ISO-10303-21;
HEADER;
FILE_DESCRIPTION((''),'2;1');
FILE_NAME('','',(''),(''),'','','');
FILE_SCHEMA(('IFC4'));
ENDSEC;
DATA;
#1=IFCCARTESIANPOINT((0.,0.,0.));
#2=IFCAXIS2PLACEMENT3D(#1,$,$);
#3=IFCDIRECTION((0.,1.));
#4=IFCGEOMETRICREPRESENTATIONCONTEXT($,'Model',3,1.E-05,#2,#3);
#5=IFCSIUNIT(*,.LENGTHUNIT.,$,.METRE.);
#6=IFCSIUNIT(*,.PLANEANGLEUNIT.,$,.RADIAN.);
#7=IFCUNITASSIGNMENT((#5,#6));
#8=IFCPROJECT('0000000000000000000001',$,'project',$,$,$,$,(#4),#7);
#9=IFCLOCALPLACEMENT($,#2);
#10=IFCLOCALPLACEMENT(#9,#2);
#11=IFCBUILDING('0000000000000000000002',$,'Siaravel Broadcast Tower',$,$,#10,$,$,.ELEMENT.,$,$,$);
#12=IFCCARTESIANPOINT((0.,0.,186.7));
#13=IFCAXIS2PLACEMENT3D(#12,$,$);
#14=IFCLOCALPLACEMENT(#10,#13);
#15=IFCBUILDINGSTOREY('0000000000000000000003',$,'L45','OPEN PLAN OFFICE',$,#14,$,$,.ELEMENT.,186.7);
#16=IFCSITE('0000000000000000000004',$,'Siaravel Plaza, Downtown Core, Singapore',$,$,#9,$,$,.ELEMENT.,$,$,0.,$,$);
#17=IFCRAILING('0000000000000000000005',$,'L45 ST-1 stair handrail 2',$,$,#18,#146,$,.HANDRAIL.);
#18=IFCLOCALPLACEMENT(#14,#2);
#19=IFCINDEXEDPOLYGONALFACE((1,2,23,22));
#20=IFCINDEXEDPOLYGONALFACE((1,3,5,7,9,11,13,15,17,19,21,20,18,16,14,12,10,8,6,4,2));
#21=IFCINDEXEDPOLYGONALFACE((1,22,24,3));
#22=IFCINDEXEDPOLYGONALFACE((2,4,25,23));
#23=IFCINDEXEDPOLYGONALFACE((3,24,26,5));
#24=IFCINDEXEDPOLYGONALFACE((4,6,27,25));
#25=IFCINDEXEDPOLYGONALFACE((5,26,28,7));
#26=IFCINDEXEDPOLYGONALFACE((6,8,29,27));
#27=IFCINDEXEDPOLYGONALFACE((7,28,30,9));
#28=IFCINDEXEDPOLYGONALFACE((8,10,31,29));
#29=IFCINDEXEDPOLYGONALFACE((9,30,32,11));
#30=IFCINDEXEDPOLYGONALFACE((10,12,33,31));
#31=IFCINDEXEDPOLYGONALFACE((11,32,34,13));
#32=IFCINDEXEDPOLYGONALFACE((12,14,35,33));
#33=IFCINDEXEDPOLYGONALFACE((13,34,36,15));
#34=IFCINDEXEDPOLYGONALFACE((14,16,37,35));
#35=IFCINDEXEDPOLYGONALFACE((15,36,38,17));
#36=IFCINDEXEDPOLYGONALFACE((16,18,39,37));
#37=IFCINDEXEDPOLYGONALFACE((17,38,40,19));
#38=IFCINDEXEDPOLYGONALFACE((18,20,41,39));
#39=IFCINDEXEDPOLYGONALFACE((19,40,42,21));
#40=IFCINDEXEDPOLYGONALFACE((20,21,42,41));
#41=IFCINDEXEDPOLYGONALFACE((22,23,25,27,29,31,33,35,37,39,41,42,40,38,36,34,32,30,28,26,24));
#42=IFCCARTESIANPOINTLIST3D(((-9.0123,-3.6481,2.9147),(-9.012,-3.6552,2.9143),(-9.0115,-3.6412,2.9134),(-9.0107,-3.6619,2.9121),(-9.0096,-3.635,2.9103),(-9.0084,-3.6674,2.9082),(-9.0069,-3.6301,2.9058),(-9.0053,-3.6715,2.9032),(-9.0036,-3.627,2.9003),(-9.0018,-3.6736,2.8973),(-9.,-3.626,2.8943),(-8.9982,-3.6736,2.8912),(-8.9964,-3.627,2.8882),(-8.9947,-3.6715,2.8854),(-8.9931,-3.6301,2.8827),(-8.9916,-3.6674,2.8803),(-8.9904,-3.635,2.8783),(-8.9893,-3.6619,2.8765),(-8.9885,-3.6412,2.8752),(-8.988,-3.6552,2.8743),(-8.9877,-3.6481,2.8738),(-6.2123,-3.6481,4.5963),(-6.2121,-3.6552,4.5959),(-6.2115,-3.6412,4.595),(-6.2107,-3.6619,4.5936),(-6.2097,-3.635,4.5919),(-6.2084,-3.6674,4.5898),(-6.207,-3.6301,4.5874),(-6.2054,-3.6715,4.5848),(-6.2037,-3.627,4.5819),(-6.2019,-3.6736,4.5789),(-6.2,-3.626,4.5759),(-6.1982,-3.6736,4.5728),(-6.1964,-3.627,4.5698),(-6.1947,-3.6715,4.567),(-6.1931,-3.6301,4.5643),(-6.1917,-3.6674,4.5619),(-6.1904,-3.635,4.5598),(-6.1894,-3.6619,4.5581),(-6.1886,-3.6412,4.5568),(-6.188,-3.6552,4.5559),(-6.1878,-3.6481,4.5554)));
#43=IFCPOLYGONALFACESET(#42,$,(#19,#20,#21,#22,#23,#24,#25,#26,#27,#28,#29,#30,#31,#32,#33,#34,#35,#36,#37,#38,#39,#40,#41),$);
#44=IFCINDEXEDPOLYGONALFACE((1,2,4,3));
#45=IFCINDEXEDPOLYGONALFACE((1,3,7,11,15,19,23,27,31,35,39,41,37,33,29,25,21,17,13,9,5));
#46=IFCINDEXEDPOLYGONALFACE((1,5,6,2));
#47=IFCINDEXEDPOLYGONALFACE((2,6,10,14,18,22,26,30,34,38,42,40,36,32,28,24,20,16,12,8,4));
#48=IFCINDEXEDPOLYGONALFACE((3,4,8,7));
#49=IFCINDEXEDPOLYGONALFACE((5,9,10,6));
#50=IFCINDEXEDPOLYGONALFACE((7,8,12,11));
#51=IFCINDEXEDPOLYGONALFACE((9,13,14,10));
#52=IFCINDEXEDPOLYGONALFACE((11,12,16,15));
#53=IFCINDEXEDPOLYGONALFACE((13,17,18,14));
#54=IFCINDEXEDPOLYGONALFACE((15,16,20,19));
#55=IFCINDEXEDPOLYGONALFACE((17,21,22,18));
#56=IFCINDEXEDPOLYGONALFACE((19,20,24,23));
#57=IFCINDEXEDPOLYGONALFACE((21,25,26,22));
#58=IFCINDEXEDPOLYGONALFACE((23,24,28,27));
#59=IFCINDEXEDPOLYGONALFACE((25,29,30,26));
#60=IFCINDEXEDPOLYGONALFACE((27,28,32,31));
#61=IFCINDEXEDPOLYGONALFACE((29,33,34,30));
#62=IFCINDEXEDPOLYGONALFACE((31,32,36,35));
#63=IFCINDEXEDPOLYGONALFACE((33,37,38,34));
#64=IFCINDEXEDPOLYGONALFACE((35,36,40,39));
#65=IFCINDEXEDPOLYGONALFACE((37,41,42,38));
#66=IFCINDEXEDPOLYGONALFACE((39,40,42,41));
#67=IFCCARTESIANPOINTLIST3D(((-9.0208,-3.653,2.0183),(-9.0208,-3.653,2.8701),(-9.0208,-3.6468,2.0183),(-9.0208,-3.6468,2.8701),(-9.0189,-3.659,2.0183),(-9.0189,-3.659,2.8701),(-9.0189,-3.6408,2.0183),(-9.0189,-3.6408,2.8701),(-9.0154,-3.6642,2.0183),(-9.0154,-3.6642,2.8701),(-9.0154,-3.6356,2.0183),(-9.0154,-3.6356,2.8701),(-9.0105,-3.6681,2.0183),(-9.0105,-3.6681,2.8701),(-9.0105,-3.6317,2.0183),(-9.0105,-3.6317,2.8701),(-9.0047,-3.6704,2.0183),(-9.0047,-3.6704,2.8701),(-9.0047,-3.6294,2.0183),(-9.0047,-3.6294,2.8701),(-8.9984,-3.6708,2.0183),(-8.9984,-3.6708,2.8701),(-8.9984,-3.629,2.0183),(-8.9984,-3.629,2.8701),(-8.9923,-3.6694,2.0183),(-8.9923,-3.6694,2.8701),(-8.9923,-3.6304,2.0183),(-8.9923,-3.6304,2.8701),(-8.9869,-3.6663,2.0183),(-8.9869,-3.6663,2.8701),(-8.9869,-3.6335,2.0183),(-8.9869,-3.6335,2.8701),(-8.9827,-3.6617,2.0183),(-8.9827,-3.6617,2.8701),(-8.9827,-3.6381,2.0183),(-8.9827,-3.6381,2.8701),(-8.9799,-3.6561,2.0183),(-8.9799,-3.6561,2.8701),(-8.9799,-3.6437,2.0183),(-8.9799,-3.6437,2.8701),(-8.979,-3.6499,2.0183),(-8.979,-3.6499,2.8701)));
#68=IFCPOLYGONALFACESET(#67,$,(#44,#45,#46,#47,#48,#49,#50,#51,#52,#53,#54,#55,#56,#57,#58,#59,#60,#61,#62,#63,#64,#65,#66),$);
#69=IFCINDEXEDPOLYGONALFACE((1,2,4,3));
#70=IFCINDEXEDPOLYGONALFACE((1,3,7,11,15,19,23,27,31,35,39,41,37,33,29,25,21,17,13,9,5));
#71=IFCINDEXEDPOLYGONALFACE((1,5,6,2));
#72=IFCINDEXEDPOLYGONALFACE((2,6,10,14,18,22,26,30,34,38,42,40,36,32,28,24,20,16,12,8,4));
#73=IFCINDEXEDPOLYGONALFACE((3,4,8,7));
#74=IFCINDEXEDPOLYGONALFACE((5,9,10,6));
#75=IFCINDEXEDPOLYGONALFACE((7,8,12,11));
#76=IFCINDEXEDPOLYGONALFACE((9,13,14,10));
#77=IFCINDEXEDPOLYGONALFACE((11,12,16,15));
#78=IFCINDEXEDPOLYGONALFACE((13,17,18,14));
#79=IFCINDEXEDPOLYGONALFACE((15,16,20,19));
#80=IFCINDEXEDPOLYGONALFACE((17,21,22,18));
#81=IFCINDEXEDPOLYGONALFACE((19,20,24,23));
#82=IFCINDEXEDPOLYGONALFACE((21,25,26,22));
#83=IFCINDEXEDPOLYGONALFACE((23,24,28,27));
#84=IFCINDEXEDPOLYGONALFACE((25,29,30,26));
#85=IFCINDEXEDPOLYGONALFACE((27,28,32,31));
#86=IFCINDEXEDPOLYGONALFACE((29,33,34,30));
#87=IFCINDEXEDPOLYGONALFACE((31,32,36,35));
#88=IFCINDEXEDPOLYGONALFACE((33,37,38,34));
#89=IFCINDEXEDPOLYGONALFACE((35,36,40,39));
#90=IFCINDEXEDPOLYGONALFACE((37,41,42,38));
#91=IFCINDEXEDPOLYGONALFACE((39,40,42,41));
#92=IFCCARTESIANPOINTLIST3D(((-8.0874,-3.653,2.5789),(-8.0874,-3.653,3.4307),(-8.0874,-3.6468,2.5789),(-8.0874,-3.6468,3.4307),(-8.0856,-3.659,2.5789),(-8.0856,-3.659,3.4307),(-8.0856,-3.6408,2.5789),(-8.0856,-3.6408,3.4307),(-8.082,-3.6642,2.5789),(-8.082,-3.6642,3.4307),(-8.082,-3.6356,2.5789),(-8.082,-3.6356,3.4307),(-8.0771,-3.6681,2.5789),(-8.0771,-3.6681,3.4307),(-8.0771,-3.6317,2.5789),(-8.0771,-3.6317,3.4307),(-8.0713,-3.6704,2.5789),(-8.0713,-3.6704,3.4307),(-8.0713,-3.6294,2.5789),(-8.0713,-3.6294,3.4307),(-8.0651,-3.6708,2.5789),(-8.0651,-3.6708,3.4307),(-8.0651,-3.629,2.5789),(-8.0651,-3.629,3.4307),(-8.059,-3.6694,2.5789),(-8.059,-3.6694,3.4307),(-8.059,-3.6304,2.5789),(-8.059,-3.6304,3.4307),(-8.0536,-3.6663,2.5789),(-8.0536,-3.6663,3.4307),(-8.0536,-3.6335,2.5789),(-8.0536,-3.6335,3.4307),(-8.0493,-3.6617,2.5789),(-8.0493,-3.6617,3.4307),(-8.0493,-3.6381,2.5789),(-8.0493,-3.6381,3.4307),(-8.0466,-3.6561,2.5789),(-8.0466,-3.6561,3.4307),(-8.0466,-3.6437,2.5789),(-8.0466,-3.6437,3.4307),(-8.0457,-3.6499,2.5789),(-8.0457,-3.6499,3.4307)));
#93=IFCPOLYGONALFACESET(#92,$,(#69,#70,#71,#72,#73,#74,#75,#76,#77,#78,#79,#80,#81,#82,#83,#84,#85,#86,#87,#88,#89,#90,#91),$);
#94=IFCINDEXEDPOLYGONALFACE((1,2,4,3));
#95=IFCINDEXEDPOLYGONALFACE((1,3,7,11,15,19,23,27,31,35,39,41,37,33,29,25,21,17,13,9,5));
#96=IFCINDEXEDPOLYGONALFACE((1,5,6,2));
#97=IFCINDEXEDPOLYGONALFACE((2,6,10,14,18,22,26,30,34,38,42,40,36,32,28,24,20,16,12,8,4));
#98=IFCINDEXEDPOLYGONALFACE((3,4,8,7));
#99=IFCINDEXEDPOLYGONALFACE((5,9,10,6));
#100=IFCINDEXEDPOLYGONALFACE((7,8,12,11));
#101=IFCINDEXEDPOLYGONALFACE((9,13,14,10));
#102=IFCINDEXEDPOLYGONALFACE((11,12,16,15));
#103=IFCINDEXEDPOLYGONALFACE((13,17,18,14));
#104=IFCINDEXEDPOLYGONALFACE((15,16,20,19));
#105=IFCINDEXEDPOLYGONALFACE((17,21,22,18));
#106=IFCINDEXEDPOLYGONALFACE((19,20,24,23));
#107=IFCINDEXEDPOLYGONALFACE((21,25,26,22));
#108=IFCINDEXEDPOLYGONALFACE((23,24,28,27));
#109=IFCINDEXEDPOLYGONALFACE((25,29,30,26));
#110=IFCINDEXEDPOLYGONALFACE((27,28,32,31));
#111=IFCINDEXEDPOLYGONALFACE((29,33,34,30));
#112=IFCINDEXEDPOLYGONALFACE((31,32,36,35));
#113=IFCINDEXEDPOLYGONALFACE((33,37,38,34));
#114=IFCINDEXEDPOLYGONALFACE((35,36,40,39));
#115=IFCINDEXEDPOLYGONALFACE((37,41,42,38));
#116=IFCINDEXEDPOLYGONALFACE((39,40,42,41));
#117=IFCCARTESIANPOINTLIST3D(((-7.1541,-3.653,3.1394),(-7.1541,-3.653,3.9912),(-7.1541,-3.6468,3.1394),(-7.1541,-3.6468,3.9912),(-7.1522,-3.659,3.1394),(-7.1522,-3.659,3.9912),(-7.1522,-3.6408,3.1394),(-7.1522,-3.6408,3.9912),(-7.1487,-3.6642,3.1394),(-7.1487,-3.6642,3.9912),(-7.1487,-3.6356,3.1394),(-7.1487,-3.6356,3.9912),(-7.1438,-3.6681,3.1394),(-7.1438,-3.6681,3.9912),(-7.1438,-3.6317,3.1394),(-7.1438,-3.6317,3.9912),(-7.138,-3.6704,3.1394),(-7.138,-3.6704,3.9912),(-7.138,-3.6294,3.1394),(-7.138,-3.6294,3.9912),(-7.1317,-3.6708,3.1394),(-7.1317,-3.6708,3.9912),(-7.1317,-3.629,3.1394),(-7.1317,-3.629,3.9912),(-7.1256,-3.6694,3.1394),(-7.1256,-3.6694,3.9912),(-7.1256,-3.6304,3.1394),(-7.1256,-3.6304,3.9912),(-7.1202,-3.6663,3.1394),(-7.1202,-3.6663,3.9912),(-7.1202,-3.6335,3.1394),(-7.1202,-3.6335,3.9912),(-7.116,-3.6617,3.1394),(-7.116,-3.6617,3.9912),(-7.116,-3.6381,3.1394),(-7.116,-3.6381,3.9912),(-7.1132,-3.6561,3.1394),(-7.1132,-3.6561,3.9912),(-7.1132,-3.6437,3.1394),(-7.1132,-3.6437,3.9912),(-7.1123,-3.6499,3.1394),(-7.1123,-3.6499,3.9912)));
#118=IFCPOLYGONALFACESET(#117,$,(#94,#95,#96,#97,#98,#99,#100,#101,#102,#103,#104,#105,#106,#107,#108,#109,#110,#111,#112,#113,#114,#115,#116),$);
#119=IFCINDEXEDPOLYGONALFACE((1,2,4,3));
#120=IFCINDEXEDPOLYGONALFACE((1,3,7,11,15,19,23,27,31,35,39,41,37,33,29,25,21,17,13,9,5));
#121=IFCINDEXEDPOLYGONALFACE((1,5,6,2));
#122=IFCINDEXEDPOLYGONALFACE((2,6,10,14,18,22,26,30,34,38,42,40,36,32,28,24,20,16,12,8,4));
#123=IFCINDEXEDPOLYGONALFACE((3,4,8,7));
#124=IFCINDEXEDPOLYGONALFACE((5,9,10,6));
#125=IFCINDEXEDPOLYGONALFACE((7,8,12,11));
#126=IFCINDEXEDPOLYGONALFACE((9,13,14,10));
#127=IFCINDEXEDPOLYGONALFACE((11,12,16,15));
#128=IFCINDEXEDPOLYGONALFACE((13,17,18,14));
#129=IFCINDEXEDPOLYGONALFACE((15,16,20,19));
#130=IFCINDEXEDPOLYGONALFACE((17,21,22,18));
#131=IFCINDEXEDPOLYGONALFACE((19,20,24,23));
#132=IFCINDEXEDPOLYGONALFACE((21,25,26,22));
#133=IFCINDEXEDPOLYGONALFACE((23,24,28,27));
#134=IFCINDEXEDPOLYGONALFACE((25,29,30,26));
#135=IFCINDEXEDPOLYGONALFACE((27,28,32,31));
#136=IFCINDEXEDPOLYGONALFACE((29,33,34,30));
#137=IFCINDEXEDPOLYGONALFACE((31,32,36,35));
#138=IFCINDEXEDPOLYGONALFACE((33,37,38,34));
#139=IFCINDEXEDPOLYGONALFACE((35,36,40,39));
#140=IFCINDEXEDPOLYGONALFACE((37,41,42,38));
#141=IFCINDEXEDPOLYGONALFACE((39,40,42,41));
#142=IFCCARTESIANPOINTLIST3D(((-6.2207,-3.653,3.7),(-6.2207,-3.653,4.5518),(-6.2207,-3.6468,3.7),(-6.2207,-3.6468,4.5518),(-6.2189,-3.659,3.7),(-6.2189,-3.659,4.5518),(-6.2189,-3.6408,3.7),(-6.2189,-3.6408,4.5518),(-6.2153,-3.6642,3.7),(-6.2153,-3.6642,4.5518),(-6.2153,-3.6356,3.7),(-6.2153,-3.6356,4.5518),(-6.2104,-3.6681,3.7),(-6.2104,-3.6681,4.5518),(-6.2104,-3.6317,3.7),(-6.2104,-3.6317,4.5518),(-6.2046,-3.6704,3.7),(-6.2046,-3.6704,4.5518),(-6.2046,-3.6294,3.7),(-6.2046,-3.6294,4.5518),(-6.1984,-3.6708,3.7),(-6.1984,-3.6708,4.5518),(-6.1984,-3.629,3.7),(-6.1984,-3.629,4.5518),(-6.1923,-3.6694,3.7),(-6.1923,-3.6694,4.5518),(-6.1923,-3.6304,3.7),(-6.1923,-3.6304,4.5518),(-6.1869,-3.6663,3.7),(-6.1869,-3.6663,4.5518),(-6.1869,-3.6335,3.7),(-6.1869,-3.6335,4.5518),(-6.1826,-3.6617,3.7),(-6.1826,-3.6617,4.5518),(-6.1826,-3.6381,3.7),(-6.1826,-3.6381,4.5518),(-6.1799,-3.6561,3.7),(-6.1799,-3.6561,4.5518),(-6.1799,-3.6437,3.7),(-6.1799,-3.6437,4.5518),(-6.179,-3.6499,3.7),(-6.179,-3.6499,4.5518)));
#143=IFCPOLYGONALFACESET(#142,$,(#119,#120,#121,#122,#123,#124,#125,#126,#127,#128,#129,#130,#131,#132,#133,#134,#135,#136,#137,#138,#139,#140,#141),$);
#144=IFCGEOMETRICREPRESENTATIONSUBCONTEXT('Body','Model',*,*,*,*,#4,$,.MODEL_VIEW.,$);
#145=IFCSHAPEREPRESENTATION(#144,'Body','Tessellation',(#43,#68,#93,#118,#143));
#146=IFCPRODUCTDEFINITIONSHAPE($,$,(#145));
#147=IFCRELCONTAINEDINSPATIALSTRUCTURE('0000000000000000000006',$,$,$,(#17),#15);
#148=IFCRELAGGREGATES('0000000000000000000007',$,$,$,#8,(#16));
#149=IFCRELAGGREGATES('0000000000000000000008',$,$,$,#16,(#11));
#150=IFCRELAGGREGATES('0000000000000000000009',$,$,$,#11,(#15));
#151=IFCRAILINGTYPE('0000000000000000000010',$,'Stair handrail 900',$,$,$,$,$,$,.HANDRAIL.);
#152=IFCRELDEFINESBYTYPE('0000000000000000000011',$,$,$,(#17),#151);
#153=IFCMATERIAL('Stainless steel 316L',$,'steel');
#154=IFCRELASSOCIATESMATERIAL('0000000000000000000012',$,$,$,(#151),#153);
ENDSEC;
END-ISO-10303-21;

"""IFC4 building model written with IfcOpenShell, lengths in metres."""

from ifc_helpers import new_model, si_unit, direction, frame, origin, origin_2d, place, context, subcontext, project, spatial, circle, extrude, material, type_object, element, save


model = new_model("IFC4")

# Units and contexts
model_context = context("Model", 3, precision=1e-05, world=origin(), true_north=direction((0.0, 1.0)))
body_context = subcontext(model_context, "Body", "Model", "MODEL_VIEW")
ifc_project = project(units=[si_unit("LENGTHUNIT", "METRE"), si_unit("PLANEANGLEUNIT", "RADIAN")], contexts=[model_context])

# Site, building, storey
site_placement = place(None, origin())
site = spatial("IfcSite", under=ifc_project, at=site_placement, Name="Siaravel Plaza, Downtown Core, Singapore", CompositionType="ELEMENT", RefElevation=0.0)
building_placement = place(site_placement, origin())
building = spatial("IfcBuilding", under=site, at=building_placement, Name="Siaravel Broadcast Tower", CompositionType="ELEMENT")
storey_placement = place(building_placement, frame((0.0, 0.0, 186.7)))
storey = spatial("IfcBuildingStorey", under=building, at=storey_placement, Name="L45", Description="OPEN PLAN OFFICE", CompositionType="ELEMENT", Elevation=186.7)

# Shared definitions
ifc_material_1 = material(Name="Stainless steel 316L", Category="steel")

# Railing
railing_type_1 = type_object("IfcRailingType", Name="Stair handrail 900", PredefinedType="HANDRAIL", material=ifc_material_1)
railing_1_placement = place(storey_placement, frame((-9.0, -3.6499, 2.0183)))
element("IfcRailing", 1, at=railing_1_placement, inside=storey, type_object=railing_type_1, Name="L45 ST-1 stair handrail 2", PredefinedType="HANDRAIL", context=body_context, shape_type="SweptSolid", body=[
    extrude(circle(Radius=0.0239, at=origin_2d()), frame((0.0, 0.0, 0.876), z_axis=(0.857275, 0.0, 0.514858), x_axis=(0.0, 1.0, 0.0)), (0.0, 0.0, 1.0), 3.2661),
    extrude(circle(Radius=0.021, at=origin_2d()), origin(), (0.0, 0.0, 1.0), 0.8518),
    extrude(circle(Radius=0.021, at=origin_2d()), frame((0.9333, 0.0, 0.5605)), (0.0, 0.0, 1.0), 0.8518),
    extrude(circle(Radius=0.021, at=origin_2d()), frame((1.8667, 0.0, 1.1211)), (0.0, 0.0, 1.0), 0.8518),
    extrude(circle(Radius=0.021, at=origin_2d()), frame((2.8, 0.0, 1.6816)), (0.0, 0.0, 1.0), 0.8518),
])

save(model, "model.ifc")
